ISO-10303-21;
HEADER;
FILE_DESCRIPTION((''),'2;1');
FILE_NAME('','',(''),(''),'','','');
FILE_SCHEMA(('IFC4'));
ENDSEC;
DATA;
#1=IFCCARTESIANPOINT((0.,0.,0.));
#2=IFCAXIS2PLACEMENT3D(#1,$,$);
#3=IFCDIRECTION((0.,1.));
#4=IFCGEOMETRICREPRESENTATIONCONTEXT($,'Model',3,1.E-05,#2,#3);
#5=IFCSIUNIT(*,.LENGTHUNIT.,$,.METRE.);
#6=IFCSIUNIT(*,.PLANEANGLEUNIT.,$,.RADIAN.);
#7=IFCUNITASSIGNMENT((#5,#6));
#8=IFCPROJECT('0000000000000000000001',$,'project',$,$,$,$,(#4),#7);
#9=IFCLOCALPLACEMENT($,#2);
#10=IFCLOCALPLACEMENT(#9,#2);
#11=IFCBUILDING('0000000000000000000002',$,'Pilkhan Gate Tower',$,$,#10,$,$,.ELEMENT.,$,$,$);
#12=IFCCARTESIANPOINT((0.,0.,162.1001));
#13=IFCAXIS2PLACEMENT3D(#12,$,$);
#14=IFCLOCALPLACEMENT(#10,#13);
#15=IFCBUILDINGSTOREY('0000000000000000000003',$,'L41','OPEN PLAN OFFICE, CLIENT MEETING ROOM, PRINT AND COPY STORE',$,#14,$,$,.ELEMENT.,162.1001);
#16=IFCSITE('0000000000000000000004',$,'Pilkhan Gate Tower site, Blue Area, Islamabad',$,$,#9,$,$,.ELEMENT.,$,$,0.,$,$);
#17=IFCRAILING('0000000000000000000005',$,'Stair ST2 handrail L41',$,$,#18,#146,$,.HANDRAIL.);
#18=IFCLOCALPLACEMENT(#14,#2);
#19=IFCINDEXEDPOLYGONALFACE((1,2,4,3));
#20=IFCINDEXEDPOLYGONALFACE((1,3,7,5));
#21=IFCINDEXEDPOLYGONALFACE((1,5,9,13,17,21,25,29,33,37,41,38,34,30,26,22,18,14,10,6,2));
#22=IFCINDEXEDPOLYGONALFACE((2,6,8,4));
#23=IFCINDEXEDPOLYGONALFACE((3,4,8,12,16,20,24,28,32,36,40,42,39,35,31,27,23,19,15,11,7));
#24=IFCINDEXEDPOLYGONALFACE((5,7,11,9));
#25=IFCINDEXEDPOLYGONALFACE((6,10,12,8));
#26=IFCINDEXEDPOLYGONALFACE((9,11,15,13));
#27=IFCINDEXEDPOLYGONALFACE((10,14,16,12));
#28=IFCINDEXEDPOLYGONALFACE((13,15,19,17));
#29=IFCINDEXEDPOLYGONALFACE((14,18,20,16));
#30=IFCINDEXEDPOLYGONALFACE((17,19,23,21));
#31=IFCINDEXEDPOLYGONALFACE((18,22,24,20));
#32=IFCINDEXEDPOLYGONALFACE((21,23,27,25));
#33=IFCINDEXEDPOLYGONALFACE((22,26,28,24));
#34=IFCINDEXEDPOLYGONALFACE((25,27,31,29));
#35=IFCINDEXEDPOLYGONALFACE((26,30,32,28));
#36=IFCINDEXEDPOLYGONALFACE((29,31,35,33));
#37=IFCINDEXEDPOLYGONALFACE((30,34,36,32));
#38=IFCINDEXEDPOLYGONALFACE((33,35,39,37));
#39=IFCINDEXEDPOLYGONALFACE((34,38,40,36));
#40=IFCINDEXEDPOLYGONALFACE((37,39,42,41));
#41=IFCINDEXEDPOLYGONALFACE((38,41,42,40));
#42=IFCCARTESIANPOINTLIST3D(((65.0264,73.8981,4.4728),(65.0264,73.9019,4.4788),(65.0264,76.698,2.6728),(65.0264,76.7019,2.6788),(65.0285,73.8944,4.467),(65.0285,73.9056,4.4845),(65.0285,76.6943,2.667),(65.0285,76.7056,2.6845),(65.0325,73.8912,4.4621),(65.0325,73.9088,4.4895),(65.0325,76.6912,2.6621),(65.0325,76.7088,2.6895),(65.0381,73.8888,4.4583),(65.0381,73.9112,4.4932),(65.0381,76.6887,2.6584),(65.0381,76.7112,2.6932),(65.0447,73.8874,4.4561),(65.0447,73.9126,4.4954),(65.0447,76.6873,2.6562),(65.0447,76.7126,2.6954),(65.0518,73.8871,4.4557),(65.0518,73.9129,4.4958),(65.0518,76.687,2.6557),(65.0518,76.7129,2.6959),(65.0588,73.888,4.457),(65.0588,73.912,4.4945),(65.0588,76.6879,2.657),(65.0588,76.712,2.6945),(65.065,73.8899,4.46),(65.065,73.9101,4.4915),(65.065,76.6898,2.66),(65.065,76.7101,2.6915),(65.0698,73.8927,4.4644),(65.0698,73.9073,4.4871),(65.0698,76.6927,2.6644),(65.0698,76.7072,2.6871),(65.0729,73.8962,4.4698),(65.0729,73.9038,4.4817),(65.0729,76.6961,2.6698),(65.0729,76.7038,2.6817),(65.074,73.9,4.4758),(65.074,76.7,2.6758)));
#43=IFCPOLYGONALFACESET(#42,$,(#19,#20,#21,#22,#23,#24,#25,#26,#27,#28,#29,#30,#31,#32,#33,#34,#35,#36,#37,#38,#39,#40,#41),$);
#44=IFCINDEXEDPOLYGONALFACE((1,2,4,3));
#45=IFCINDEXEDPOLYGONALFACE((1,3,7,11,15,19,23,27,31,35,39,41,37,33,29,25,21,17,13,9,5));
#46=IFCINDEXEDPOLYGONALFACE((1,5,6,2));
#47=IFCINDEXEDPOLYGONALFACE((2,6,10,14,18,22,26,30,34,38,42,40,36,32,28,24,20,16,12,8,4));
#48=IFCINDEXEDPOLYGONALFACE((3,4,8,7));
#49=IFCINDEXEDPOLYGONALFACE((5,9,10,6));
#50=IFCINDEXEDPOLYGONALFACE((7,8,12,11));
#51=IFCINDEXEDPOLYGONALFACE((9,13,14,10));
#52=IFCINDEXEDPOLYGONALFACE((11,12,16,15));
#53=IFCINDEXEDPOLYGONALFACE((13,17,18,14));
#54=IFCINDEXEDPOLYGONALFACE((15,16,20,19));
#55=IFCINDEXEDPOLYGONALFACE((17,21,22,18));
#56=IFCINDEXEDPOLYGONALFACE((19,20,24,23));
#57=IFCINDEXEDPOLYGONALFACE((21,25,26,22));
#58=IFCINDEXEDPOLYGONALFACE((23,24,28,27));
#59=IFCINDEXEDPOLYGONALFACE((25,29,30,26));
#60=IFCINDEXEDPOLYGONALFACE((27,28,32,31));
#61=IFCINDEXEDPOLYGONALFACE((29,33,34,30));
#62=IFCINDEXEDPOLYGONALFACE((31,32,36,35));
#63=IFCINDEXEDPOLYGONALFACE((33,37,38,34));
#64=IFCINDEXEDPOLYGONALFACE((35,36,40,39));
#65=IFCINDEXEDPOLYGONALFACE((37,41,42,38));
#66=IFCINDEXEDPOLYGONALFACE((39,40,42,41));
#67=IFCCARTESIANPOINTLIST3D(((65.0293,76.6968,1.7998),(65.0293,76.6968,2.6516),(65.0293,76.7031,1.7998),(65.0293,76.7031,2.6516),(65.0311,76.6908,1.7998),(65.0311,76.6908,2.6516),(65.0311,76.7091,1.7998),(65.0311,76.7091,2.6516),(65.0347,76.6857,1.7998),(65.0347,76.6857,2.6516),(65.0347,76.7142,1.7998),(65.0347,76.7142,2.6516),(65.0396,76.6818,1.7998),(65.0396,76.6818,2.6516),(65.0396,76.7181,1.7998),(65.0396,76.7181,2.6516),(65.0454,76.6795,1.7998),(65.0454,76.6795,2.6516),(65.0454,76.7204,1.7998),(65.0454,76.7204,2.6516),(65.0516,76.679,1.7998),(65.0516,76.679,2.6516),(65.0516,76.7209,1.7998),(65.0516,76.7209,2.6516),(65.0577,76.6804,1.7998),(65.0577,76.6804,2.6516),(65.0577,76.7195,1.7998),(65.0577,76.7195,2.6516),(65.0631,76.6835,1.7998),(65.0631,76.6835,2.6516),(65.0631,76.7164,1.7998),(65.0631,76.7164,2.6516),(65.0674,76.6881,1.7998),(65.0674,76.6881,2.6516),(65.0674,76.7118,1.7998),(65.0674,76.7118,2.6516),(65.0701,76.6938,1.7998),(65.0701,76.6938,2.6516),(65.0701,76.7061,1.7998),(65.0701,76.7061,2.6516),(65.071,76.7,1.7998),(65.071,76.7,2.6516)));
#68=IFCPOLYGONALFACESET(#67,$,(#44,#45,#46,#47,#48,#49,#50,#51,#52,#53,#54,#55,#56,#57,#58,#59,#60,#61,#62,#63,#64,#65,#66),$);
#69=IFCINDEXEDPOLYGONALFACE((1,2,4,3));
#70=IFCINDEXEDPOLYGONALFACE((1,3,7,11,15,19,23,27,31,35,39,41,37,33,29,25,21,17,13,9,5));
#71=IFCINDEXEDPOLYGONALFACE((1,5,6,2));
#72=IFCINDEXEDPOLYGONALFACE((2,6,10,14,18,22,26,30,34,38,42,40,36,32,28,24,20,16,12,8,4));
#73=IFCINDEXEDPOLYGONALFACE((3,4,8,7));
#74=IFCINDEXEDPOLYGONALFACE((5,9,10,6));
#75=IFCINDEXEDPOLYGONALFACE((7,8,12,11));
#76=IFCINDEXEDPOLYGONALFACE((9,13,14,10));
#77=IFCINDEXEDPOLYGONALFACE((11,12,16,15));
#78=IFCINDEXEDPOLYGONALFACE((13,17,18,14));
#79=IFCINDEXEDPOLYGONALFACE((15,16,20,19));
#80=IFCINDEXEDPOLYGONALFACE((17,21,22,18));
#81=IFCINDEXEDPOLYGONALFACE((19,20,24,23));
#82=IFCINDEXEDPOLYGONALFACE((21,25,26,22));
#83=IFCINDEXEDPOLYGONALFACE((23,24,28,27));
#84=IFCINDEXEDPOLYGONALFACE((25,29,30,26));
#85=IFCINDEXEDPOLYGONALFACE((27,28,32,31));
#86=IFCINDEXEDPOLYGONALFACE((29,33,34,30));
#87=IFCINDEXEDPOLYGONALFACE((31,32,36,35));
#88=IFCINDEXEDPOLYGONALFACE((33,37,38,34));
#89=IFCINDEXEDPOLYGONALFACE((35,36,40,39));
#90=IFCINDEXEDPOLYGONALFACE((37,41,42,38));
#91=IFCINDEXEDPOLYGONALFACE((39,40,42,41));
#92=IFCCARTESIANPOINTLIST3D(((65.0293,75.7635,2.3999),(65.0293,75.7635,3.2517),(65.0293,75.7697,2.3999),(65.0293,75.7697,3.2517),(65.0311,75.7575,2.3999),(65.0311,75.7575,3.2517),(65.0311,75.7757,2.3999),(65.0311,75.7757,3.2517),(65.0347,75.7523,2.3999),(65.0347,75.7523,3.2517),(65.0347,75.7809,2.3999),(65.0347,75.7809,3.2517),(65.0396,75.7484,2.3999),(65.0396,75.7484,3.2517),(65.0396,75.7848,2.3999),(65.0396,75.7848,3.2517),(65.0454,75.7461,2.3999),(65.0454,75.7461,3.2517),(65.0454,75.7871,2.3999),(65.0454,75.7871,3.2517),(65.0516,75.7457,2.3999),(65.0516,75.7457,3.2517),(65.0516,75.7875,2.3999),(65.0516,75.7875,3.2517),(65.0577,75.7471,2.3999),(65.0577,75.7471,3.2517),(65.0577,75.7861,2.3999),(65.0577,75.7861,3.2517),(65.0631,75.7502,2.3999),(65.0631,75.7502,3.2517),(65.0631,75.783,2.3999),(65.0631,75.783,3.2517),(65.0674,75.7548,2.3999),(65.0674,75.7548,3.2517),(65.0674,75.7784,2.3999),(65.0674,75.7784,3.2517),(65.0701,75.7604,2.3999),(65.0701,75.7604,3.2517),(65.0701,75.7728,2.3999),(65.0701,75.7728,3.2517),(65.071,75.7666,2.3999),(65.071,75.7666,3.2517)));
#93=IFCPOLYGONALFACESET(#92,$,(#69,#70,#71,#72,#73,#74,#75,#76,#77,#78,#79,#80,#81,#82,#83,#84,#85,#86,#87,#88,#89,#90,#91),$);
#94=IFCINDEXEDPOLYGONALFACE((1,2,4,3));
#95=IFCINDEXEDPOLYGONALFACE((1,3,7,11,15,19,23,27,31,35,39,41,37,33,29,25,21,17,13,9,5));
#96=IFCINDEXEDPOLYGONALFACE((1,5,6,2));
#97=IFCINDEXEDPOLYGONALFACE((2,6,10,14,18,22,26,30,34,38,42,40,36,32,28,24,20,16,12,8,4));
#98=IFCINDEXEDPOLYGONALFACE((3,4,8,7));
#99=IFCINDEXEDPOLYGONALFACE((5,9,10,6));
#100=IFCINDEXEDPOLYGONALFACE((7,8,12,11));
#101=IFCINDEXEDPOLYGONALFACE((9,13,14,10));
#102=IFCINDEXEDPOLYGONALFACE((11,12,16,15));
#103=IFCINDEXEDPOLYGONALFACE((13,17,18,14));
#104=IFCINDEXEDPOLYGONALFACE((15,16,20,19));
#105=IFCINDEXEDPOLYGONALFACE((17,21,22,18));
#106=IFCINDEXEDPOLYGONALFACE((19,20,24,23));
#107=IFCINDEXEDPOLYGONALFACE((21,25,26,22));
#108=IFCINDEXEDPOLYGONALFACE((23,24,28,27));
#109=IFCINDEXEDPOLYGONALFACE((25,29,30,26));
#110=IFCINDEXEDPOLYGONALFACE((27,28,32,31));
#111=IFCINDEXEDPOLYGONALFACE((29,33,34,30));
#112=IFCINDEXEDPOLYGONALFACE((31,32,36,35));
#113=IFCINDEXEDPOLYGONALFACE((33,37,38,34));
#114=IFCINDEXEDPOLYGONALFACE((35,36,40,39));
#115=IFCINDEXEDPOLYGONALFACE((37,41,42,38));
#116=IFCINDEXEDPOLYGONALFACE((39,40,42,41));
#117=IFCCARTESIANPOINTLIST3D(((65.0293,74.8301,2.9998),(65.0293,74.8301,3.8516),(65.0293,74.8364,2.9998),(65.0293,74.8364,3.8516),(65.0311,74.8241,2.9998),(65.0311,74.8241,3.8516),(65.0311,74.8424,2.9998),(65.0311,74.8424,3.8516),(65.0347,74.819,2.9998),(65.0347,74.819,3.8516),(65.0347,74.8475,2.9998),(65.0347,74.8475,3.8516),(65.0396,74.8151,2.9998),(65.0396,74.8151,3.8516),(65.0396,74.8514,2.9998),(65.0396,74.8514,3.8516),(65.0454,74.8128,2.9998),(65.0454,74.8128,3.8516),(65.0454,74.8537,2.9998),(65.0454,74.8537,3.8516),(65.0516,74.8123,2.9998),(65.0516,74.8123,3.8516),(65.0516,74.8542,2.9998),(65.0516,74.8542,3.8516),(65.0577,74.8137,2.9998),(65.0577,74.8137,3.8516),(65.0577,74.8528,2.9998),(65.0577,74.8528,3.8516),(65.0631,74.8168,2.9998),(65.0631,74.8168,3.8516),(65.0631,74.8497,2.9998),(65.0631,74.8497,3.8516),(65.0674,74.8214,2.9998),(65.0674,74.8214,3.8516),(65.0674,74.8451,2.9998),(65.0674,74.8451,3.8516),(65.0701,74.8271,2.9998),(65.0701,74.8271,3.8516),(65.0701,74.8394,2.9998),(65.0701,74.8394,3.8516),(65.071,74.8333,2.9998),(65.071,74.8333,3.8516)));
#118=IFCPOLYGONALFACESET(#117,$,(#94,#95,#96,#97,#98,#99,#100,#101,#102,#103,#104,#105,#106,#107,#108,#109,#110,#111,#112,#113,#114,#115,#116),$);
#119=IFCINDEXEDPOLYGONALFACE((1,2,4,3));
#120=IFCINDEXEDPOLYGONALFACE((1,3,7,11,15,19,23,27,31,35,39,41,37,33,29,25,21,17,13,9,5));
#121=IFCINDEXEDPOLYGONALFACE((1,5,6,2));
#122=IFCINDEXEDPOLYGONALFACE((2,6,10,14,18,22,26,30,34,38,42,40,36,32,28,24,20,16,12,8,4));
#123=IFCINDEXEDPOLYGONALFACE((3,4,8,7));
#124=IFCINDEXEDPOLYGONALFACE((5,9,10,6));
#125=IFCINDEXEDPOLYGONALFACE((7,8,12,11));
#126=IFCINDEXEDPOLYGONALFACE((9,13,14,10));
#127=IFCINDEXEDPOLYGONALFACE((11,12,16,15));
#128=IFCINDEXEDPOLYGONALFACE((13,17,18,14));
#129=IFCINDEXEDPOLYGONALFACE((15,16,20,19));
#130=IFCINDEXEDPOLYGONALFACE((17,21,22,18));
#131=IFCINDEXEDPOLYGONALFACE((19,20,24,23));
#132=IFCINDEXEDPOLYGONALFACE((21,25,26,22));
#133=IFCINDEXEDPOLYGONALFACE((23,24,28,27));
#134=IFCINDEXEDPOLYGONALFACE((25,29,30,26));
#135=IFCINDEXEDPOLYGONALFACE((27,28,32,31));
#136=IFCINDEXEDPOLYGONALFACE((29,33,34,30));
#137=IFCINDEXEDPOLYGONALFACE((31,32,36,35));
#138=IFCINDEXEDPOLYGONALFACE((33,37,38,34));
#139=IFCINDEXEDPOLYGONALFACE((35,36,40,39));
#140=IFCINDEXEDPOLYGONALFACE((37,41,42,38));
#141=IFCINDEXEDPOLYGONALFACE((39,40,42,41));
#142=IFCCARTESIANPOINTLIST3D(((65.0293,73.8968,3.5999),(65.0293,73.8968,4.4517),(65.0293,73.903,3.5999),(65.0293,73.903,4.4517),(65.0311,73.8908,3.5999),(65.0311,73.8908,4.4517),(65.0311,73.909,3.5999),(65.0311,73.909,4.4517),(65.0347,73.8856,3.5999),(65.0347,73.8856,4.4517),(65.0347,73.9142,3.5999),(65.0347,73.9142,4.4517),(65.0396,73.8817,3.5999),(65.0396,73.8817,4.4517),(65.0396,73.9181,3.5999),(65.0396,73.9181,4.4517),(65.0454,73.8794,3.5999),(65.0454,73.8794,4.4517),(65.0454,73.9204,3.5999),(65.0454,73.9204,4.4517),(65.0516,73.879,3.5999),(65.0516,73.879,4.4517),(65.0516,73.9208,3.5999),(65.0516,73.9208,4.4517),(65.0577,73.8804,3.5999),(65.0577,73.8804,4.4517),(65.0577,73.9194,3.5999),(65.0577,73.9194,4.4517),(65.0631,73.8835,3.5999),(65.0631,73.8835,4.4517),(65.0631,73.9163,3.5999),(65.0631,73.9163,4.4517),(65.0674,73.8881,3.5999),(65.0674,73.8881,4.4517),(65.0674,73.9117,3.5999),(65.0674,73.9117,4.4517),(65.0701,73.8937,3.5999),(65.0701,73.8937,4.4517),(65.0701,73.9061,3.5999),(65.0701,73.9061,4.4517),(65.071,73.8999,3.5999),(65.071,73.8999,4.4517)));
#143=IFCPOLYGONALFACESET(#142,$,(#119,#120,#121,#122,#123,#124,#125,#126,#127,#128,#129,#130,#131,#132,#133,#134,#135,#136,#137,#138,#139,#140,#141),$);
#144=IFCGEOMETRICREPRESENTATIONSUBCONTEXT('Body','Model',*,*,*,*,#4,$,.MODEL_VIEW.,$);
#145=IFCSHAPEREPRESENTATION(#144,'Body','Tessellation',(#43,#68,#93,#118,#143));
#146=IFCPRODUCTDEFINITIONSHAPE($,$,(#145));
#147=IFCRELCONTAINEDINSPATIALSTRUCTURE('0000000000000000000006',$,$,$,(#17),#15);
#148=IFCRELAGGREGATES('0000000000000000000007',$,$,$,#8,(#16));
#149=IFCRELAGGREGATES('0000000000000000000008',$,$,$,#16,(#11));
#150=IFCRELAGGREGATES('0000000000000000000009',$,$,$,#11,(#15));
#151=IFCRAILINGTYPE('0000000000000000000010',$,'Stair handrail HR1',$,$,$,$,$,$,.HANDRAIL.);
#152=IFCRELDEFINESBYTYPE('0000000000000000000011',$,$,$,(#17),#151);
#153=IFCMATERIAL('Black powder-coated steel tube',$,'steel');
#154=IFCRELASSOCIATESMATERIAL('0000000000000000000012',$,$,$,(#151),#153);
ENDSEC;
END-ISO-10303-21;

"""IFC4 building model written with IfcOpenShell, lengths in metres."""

from ifc_helpers import new_model, si_unit, direction, frame, origin, origin_2d, place, context, subcontext, project, spatial, circle, extrude, material, type_object, element, save


model = new_model("IFC4")

# Units and contexts
model_context = context("Model", 3, precision=1e-05, world=origin(), true_north=direction((0.0, 1.0)))
body_context = subcontext(model_context, "Body", "Model", "MODEL_VIEW")
ifc_project = project(units=[si_unit("LENGTHUNIT", "METRE"), si_unit("PLANEANGLEUNIT", "RADIAN")], contexts=[model_context])

# Site, building, storey
site_placement = place(None, origin())
site = spatial("IfcSite", under=ifc_project, at=site_placement, Name="Pilkhan Gate Tower site, Blue Area, Islamabad", CompositionType="ELEMENT", RefElevation=0.0)
building_placement = place(site_placement, origin())
building = spatial("IfcBuilding", under=site, at=building_placement, Name="Pilkhan Gate Tower", CompositionType="ELEMENT")
storey_placement = place(building_placement, frame((0.0, 0.0, 162.1001)))
storey = spatial("IfcBuildingStorey", under=building, at=storey_placement, Name="L41", Description="OPEN PLAN OFFICE, CLIENT MEETING ROOM, PRINT AND COPY STORE", CompositionType="ELEMENT", Elevation=162.1001)

# Railing
ifc_material_1 = material(Name="Black powder-coated steel tube", Category="steel")
railing_type_1 = type_object("IfcRailingType", Name="Stair handrail HR1", PredefinedType="HANDRAIL", material=ifc_material_1)
railing_1_placement = place(storey_placement, frame((65.05, 76.7, 1.7998)))
element("IfcRailing", 1, at=railing_1_placement, inside=storey, type_object=railing_type_1, Name="Stair ST2 handrail L41", PredefinedType="HANDRAIL", context=body_context, shape_type="SweptSolid", body=[
    extrude(circle(Radius=0.0239, at=origin_2d()), frame((0.0, 0.0, 0.876), z_axis=(0.0, -0.841176, 0.540761), x_axis=(1.0, 0.0, 0.0)), (0.0, 0.0, 1.0), 3.3286),
    extrude(circle(Radius=0.021, at=origin_2d()), origin(), (0.0, 0.0, 1.0), 0.8518),
    extrude(circle(Radius=0.021, at=origin_2d()), frame((0.0, -0.9333, 0.6001)), (0.0, 0.0, 1.0), 0.8518),
    extrude(circle(Radius=0.021, at=origin_2d()), frame((0.0, -1.8667, 1.2)), (0.0, 0.0, 1.0), 0.8518),
    extrude(circle(Radius=0.021, at=origin_2d()), frame((0.0, -2.8, 1.8)), (0.0, 0.0, 1.0), 0.8518),
])

save(model, "model.ifc")
